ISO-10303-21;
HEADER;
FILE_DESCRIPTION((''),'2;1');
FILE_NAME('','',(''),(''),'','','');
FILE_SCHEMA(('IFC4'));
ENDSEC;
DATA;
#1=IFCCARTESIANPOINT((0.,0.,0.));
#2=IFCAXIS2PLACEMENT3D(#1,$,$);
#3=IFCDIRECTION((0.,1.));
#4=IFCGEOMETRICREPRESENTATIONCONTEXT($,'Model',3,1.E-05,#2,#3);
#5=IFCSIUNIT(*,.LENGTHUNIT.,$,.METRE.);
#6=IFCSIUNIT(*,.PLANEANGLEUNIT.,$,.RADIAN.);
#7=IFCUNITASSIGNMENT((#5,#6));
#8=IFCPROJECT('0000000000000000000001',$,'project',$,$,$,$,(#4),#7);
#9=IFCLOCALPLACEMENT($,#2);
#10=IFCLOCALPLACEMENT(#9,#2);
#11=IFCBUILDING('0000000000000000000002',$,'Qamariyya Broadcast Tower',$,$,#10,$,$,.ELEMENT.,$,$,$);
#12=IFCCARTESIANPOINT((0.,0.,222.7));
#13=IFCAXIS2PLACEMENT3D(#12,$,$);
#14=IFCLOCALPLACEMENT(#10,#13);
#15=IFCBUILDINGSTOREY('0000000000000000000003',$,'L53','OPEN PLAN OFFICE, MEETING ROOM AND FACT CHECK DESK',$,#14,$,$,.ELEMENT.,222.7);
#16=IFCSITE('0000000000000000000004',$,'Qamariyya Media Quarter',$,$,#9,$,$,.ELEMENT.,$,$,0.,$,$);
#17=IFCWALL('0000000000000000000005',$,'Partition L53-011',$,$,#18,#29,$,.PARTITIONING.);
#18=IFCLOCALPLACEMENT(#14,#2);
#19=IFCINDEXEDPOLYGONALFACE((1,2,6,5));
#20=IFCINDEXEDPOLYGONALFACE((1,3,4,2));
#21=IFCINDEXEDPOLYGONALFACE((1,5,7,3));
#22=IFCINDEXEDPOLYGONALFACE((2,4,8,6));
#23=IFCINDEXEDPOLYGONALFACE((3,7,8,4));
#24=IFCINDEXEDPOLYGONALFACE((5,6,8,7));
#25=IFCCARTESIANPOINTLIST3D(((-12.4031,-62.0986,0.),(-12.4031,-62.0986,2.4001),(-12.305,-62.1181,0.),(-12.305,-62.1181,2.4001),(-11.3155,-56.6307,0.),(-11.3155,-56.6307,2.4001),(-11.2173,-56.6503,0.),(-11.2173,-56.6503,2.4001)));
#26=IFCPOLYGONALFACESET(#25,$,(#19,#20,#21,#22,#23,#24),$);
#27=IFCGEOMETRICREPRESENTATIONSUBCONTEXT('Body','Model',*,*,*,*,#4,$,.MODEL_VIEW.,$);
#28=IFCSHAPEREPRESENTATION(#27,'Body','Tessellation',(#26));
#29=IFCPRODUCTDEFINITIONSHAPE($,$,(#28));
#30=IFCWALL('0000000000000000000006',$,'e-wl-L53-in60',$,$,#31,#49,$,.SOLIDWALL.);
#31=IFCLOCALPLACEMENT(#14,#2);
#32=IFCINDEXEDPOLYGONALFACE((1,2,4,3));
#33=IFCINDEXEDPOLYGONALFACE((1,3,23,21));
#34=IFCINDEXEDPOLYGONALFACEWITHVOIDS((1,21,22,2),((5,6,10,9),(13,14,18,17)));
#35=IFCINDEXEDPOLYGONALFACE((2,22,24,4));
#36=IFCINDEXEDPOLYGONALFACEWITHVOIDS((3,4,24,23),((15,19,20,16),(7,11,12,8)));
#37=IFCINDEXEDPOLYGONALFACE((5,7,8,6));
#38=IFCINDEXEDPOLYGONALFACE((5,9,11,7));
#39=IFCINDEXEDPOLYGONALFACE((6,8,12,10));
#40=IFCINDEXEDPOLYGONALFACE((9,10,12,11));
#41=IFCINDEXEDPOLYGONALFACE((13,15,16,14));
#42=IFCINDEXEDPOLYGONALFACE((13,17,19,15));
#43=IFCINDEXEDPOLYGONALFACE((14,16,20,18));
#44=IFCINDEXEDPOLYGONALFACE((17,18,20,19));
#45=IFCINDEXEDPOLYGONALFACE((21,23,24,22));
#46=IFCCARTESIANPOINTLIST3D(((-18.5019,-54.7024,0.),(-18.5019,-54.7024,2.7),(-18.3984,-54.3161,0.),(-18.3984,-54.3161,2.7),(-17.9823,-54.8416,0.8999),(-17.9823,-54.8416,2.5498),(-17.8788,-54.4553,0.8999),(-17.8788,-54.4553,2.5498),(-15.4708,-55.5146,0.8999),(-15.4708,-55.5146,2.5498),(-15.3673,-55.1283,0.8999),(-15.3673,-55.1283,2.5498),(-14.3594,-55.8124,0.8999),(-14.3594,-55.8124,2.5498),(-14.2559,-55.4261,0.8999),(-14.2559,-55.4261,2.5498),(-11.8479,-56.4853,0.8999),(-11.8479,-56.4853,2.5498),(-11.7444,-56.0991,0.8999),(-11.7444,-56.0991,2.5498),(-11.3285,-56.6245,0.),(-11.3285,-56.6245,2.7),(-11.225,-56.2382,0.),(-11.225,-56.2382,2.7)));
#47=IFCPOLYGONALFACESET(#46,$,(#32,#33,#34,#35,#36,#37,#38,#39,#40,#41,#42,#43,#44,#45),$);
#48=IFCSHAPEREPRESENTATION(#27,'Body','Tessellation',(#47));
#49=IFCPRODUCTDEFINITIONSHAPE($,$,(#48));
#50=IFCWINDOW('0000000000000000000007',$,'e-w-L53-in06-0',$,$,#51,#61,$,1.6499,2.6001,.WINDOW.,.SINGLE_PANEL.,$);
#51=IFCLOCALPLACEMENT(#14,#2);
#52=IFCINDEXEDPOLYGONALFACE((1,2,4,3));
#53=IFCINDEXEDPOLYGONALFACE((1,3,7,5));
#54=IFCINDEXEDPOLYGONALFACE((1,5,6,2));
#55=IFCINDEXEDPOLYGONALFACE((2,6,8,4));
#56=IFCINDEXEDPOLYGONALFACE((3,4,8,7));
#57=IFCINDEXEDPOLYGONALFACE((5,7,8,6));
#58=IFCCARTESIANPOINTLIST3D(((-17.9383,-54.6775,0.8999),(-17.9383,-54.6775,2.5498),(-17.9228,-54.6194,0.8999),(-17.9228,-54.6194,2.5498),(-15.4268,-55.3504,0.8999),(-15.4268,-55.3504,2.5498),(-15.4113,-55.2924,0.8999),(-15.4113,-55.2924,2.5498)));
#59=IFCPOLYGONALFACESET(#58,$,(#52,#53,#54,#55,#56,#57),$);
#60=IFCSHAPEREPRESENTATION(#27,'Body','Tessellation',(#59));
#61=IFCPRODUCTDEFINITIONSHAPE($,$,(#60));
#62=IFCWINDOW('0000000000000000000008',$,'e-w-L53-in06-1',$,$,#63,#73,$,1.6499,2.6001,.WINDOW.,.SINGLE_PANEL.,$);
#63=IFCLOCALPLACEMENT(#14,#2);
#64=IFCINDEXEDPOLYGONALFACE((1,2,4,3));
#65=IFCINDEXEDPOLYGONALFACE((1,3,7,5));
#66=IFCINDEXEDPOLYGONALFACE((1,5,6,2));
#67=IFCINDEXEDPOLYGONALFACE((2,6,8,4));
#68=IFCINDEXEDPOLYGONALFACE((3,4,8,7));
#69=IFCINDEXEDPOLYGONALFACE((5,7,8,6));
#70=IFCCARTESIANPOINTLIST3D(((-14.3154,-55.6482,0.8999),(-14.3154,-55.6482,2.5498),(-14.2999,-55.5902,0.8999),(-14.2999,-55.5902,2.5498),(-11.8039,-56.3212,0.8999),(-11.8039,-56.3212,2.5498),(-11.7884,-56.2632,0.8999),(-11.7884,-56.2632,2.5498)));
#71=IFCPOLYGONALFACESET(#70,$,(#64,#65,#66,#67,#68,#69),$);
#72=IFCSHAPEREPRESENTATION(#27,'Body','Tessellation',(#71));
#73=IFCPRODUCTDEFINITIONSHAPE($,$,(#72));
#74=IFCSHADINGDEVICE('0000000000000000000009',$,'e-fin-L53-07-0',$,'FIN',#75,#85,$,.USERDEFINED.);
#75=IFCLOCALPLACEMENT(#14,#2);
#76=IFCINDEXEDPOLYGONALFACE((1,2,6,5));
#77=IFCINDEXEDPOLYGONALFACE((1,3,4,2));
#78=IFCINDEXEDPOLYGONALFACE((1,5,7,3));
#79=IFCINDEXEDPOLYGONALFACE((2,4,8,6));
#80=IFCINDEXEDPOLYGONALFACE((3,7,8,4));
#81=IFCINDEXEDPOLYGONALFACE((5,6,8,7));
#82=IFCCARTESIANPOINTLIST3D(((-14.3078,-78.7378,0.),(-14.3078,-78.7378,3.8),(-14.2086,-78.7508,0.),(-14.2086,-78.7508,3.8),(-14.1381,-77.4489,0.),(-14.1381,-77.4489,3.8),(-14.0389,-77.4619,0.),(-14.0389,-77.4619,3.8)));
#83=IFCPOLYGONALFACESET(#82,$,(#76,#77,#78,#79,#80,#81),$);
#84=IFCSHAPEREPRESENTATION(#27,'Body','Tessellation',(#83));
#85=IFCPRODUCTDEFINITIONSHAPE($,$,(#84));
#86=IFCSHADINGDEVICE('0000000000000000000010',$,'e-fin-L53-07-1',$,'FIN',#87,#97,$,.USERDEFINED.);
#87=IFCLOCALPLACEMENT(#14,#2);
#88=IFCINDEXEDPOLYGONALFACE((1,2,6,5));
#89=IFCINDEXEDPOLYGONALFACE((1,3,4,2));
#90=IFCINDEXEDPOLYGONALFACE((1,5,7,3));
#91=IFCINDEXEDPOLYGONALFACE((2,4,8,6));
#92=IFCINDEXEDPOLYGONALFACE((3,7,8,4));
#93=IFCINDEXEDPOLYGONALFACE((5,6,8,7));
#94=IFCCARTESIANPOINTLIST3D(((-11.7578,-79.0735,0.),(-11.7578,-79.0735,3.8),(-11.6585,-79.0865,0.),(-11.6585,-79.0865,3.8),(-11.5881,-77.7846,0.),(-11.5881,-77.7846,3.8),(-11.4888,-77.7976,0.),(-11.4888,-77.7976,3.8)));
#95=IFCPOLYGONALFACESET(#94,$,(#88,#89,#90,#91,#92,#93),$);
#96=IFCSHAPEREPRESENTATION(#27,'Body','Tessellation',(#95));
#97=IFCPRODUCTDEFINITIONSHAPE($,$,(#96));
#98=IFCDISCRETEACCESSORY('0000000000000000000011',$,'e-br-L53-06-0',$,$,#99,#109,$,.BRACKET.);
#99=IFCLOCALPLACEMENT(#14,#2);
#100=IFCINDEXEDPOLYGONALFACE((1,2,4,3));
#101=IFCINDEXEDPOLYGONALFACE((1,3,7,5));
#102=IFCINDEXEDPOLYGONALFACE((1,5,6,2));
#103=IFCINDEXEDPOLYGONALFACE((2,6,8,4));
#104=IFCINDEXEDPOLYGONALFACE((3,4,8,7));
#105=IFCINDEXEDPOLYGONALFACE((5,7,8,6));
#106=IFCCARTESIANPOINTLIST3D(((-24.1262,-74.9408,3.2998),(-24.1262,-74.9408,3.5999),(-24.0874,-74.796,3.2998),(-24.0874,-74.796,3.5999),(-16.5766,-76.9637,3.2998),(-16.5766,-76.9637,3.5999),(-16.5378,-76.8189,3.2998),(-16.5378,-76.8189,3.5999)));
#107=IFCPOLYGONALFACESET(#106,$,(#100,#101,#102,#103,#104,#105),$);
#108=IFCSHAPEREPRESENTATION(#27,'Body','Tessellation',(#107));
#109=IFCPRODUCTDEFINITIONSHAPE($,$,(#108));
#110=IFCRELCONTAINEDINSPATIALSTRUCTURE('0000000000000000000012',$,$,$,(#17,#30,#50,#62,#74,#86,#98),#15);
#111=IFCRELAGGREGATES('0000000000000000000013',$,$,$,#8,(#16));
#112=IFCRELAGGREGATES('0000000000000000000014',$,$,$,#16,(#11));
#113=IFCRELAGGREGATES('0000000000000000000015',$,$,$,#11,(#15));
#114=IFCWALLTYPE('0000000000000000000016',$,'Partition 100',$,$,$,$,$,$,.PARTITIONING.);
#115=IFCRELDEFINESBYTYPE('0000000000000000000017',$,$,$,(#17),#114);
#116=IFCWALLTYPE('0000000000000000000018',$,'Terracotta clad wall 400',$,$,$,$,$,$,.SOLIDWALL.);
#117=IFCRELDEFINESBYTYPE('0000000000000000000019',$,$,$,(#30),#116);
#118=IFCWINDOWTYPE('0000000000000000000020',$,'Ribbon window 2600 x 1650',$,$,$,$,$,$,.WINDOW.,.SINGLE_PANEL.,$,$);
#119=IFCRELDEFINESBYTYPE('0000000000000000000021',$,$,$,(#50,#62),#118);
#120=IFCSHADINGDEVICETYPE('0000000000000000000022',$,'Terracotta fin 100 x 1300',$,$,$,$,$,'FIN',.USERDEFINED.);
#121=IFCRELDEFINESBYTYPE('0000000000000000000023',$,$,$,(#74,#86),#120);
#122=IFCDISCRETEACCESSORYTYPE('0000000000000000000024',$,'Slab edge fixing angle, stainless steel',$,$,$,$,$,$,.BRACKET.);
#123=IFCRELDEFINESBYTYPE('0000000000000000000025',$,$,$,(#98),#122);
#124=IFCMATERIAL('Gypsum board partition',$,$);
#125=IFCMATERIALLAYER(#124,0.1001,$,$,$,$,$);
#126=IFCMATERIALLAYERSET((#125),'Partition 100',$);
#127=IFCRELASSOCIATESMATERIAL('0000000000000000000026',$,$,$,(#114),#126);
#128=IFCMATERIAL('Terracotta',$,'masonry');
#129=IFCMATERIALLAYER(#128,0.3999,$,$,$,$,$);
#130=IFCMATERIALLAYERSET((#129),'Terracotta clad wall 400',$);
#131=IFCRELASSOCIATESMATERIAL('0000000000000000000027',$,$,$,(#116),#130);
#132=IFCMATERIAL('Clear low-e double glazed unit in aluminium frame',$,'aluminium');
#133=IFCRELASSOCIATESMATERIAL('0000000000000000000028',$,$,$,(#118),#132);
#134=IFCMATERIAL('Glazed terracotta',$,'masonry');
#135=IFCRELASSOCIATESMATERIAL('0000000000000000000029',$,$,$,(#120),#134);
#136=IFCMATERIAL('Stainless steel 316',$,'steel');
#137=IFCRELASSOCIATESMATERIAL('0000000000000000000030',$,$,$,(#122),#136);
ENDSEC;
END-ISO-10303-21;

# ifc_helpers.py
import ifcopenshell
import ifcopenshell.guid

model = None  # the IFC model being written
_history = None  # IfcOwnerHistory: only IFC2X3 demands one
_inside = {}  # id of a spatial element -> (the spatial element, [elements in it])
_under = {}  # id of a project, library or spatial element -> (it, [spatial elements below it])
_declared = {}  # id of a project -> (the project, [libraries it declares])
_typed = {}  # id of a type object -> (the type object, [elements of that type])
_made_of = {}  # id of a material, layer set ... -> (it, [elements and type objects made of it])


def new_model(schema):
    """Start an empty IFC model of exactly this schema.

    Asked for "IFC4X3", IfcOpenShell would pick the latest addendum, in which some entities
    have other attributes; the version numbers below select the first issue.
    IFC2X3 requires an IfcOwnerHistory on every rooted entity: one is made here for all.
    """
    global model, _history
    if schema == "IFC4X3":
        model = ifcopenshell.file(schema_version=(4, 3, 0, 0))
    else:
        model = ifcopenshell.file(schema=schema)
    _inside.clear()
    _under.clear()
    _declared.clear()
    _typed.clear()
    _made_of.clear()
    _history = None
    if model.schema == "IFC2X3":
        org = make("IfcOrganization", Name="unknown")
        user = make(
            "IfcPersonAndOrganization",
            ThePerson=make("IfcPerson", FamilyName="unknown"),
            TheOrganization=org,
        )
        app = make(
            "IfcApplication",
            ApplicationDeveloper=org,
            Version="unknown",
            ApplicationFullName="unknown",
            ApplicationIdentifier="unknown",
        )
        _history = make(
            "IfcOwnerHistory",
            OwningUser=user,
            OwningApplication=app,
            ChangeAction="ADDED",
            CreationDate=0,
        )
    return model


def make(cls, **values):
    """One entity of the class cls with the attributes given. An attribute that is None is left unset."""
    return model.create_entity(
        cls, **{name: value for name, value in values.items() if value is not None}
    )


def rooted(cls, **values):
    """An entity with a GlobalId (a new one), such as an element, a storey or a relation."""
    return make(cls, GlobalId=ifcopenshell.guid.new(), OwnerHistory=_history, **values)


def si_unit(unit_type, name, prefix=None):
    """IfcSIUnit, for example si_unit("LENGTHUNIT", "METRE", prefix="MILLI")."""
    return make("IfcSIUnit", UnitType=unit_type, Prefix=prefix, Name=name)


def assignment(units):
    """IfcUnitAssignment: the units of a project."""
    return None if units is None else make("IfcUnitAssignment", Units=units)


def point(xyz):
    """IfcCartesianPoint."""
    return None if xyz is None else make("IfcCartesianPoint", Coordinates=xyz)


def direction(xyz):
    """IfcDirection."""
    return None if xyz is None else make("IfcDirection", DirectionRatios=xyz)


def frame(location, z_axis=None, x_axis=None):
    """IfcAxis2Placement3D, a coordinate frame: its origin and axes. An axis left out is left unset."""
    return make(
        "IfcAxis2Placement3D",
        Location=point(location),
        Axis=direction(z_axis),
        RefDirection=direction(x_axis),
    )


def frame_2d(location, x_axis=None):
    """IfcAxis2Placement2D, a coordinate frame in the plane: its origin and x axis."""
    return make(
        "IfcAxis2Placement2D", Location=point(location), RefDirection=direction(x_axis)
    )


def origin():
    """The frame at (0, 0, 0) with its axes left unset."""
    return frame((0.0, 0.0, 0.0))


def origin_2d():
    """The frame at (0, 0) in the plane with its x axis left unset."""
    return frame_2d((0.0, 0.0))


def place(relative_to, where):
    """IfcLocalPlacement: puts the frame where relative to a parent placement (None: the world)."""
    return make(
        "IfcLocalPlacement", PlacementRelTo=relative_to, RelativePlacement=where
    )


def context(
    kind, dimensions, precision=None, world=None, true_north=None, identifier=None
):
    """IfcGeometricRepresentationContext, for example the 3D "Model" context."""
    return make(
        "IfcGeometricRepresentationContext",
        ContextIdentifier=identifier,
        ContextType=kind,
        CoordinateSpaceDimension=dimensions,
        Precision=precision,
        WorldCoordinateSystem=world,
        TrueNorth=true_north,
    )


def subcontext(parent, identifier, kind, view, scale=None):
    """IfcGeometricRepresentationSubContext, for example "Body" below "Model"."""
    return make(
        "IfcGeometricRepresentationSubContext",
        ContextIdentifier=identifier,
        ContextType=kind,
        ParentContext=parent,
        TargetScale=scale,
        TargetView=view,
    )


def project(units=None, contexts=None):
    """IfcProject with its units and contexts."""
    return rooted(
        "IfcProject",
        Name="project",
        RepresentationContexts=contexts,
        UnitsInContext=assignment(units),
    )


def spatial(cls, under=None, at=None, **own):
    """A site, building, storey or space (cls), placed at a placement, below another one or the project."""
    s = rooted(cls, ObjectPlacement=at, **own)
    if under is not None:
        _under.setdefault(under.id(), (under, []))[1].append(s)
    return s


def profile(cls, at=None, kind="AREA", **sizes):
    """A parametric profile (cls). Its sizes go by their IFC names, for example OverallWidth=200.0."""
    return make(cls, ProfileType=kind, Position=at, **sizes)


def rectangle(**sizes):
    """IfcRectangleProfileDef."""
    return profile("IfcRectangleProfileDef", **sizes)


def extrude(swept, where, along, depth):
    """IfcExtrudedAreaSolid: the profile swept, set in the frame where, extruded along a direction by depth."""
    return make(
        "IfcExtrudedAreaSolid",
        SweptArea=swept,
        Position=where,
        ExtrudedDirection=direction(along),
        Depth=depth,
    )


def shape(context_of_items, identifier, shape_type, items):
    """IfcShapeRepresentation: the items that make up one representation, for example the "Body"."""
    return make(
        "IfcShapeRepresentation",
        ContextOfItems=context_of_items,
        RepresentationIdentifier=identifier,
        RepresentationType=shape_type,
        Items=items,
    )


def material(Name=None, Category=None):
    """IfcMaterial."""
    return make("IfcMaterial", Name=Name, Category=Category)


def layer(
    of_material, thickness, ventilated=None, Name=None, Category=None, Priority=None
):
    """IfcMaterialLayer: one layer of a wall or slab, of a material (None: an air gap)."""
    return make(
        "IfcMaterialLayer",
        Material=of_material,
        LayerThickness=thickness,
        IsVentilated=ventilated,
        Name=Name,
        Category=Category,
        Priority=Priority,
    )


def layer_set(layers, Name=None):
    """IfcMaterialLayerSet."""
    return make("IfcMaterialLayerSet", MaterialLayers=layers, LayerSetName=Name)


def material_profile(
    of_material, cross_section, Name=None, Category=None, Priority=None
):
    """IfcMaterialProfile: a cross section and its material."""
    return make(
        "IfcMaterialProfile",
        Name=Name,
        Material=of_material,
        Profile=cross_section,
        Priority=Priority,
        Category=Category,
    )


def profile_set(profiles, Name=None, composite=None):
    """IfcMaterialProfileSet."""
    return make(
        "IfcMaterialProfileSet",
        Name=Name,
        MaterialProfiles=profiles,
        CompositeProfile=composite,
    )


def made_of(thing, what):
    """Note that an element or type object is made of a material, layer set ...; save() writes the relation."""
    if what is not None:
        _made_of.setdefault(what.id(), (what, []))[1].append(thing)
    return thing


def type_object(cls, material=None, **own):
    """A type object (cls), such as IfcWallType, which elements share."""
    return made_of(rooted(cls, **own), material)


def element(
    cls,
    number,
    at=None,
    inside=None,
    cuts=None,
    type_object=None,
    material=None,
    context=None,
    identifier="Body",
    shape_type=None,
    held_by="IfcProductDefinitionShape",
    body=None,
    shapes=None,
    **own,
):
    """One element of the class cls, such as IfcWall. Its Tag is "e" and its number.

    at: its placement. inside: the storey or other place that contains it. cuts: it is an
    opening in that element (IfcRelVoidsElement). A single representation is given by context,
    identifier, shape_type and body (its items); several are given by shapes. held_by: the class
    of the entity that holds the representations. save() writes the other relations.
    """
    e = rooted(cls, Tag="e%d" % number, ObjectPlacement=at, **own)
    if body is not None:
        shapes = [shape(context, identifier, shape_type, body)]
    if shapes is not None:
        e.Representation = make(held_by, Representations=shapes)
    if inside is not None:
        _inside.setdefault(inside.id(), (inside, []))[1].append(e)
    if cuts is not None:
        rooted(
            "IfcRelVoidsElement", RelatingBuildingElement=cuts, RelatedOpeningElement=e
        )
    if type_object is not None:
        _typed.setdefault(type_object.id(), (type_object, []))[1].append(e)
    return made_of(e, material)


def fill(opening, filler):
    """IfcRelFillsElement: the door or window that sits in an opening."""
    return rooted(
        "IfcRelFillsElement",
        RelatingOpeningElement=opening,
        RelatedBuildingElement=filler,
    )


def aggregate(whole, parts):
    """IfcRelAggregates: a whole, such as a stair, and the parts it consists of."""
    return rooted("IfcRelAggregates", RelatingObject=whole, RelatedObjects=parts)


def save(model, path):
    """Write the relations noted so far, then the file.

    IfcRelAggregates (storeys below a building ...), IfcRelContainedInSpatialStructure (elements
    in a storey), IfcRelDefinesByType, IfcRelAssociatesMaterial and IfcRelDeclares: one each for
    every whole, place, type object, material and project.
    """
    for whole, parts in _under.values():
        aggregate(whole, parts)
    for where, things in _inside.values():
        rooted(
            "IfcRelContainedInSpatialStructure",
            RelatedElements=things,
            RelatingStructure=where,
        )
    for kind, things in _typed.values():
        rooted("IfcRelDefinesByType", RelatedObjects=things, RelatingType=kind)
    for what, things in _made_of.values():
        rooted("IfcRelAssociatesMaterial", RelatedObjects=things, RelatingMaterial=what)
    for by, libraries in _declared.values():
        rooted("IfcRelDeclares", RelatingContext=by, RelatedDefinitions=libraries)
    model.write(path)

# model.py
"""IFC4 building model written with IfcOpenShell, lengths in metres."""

from ifc_helpers import new_model, si_unit, direction, frame, frame_2d, origin, origin_2d, place, context, subcontext, project, spatial, rectangle, extrude, material, layer, layer_set, material_profile, profile_set, type_object, element, fill, save


model = new_model("IFC4")

# Units and contexts
model_context = context("Model", 3, precision=1e-05, world=origin(), true_north=direction((0.0, 1.0)))
body_context = subcontext(model_context, "Body", "Model", "MODEL_VIEW")
ifc_project = project(units=[si_unit("LENGTHUNIT", "METRE"), si_unit("PLANEANGLEUNIT", "RADIAN")], contexts=[model_context])

# Site, building, storey
site_placement = place(None, origin())
site = spatial("IfcSite", under=ifc_project, at=site_placement, Name="Qamariyya Media Quarter", CompositionType="ELEMENT", RefElevation=0.0)
building_placement = place(site_placement, origin())
building = spatial("IfcBuilding", under=site, at=building_placement, Name="Qamariyya Broadcast Tower", CompositionType="ELEMENT")
storey_placement = place(building_placement, frame((0.0, 0.0, 222.7)))
storey = spatial("IfcBuildingStorey", under=building, at=storey_placement, Name="L53", Description="OPEN PLAN OFFICE, MEETING ROOM AND FACT CHECK DESK", CompositionType="ELEMENT", Elevation=222.7)

# Shared definitions
ifc_material_1 = material(Name="Gypsum board partition")

# Wall
ifc_layer_1 = layer(ifc_material_1, 0.1001)
ifc_layer_set_1 = layer_set([ifc_layer_1], Name="Partition 100")
wall_type_1 = type_object("IfcWallType", Name="Partition 100", PredefinedType="PARTITIONING", material=ifc_layer_set_1)
wall_1_placement = place(storey_placement, frame((-11.2664, -56.6404, 0.0), z_axis=(0.0, 0.0, 1.0), x_axis=(-0.195097, -0.980784, 0.0)))
element("IfcWall", 1, at=wall_1_placement, inside=storey, type_object=wall_type_1, Name="Partition L53-011", PredefinedType="PARTITIONING", context=body_context, shape_type="SweptSolid", body=[
    extrude(rectangle(XDim=5.575, YDim=0.1001, at=frame_2d((2.7876, 0.0))), origin(), (0.0, 0.0, 1.0), 2.4001),
])

# Wall, openings, windows
ifc_material_2 = material(Name="Terracotta", Category="masonry")
ifc_layer_2 = layer(ifc_material_2, 0.3999)
ifc_layer_set_2 = layer_set([ifc_layer_2], Name="Terracotta clad wall 400")
wall_type_2 = type_object("IfcWallType", Name="Terracotta clad wall 400", PredefinedType="SOLIDWALL", material=ifc_layer_set_2)
wall_2_placement = place(storey_placement, frame((-11.2766, -56.4314, 0.0), z_axis=(0.0, 0.0, 1.0), x_axis=(-0.965925, 0.258823, 0.0)))
wall_2 = element("IfcWall", 2, at=wall_2_placement, inside=storey, type_object=wall_type_2, Name="e-wl-L53-in60", PredefinedType="SOLIDWALL", context=body_context, shape_type="SweptSolid", body=[
    extrude(rectangle(XDim=7.4265, YDim=0.3999, at=frame_2d((3.7134, 0.0))), origin(), (0.0, 0.0, 1.0), 2.7),
])
opening_1_placement = place(wall_2_placement, frame((4.2886, 0.0, 0.8999)))
opening_1 = element("IfcOpeningElement", 3, at=opening_1_placement, cuts=wall_2, PredefinedType="OPENING", context=body_context, shape_type="SweptSolid", body=[
    extrude(rectangle(XDim=2.6001, YDim=1.6499, at=frame_2d((1.3, 0.825))), frame((0.0, 0.21, 0.0), z_axis=(0.0, -1.0, 0.0), x_axis=(1.0, 0.0, 0.0)), (0.0, 0.0, 1.0), 0.4199),
])
opening_2_placement = place(wall_2_placement, frame((0.5378, 0.0, 0.8999)))
opening_2 = element("IfcOpeningElement", 4, at=opening_2_placement, cuts=wall_2, PredefinedType="OPENING", context=body_context, shape_type="SweptSolid", body=[
    extrude(rectangle(XDim=2.6001, YDim=1.6499, at=frame_2d((1.3, 0.825))), frame((0.0, 0.21, 0.0), z_axis=(0.0, -1.0, 0.0), x_axis=(1.0, 0.0, 0.0)), (0.0, 0.0, 1.0), 0.4199),
])
ifc_material_3 = material(Name="Clear low-e double glazed unit in aluminium frame", Category="aluminium")
window_type = type_object("IfcWindowType", Name="Ribbon window 2600 x 1650", PartitioningType="SINGLE_PANEL", PredefinedType="WINDOW", material=ifc_material_3)
window_1_placement = place(opening_1_placement, origin())
window_1 = element("IfcWindow", 5, at=window_1_placement, inside=storey, type_object=window_type, Name="e-w-L53-in06-0", OverallHeight=1.6499, OverallWidth=2.6001, PartitioningType="SINGLE_PANEL", PredefinedType="WINDOW", context=body_context, shape_type="SweptSolid", body=[
    extrude(rectangle(XDim=2.6001, YDim=1.6499, at=frame_2d((1.3, 0.825))), frame((0.0, 0.03, 0.0), z_axis=(0.0, -1.0, 0.0), x_axis=(1.0, 0.0, 0.0)), (0.0, 0.0, 1.0), 0.0601),
])
fill(opening_1, window_1)
window_2_placement = place(opening_2_placement, origin())
window_2 = element("IfcWindow", 6, at=window_2_placement, inside=storey, type_object=window_type, Name="e-w-L53-in06-1", OverallHeight=1.6499, OverallWidth=2.6001, PartitioningType="SINGLE_PANEL", PredefinedType="WINDOW", context=body_context, shape_type="SweptSolid", body=[
    extrude(rectangle(XDim=2.6001, YDim=1.6499, at=frame_2d((1.3, 0.825))), frame((0.0, 0.03, 0.0), z_axis=(0.0, -1.0, 0.0), x_axis=(1.0, 0.0, 0.0)), (0.0, 0.0, 1.0), 0.0601),
])
fill(opening_2, window_2)

# Shading devices
ifc_material_4 = material(Name="Glazed terracotta", Category="masonry")
ifc_material_profile_1 = material_profile(ifc_material_4, rectangle(XDim=1.3, YDim=0.1001, at=origin_2d()))
ifc_profile_set_1 = profile_set([ifc_material_profile_1], Name="Glazed terracotta")
shading_device_type_1 = type_object("IfcShadingDeviceType", Name="Terracotta fin 100 x 1300", ElementType="FIN", PredefinedType="USERDEFINED", material=ifc_profile_set_1)
for number, where, z_axis, x_axis, name in (
    (7, (-14.1733, -78.0999, 0.0), (0.0, 0.0, 1.0), (-0.130526, -0.991445, 0.0), "e-fin-L53-07-0"),
    (8, (-11.6233, -78.4355, 0.0), (0.0, 0.0, 1.0), (-0.130526, -0.991445, 0.0), "e-fin-L53-07-1"),
):
    element("IfcShadingDevice", number, at=place(storey_placement, frame(where, z_axis=z_axis, x_axis=x_axis)), inside=storey, type_object=shading_device_type_1, Name=name, ObjectType="FIN", PredefinedType="USERDEFINED", context=body_context, shape_type="SweptSolid", body=[
        extrude(rectangle(XDim=1.3, YDim=0.1001, at=origin_2d()), origin(), (0.0, 0.0, 1.0), 3.8),
    ])

# Discrete accessory
ifc_material_5 = material(Name="Stainless steel 316", Category="steel")
discrete_accessory_type = type_object("IfcDiscreteAccessoryType", Name="Slab edge fixing angle, stainless steel", PredefinedType="BRACKET", material=ifc_material_5)
discrete_accessory_placement = place(storey_placement, frame((-20.332, -75.8799, 3.2998), z_axis=(0.0, 0.0, 1.0), x_axis=(0.965926, -0.258819, 0.0)))
element("IfcDiscreteAccessory", 9, at=discrete_accessory_placement, inside=storey, type_object=discrete_accessory_type, Name="e-br-L53-06-0", PredefinedType="BRACKET", context=body_context, shape_type="SweptSolid", body=[
    extrude(rectangle(XDim=7.8159, YDim=0.1499, at=origin_2d()), origin(), (0.0, 0.0, 1.0), 0.3),
])

save(model, "model.ifc")
